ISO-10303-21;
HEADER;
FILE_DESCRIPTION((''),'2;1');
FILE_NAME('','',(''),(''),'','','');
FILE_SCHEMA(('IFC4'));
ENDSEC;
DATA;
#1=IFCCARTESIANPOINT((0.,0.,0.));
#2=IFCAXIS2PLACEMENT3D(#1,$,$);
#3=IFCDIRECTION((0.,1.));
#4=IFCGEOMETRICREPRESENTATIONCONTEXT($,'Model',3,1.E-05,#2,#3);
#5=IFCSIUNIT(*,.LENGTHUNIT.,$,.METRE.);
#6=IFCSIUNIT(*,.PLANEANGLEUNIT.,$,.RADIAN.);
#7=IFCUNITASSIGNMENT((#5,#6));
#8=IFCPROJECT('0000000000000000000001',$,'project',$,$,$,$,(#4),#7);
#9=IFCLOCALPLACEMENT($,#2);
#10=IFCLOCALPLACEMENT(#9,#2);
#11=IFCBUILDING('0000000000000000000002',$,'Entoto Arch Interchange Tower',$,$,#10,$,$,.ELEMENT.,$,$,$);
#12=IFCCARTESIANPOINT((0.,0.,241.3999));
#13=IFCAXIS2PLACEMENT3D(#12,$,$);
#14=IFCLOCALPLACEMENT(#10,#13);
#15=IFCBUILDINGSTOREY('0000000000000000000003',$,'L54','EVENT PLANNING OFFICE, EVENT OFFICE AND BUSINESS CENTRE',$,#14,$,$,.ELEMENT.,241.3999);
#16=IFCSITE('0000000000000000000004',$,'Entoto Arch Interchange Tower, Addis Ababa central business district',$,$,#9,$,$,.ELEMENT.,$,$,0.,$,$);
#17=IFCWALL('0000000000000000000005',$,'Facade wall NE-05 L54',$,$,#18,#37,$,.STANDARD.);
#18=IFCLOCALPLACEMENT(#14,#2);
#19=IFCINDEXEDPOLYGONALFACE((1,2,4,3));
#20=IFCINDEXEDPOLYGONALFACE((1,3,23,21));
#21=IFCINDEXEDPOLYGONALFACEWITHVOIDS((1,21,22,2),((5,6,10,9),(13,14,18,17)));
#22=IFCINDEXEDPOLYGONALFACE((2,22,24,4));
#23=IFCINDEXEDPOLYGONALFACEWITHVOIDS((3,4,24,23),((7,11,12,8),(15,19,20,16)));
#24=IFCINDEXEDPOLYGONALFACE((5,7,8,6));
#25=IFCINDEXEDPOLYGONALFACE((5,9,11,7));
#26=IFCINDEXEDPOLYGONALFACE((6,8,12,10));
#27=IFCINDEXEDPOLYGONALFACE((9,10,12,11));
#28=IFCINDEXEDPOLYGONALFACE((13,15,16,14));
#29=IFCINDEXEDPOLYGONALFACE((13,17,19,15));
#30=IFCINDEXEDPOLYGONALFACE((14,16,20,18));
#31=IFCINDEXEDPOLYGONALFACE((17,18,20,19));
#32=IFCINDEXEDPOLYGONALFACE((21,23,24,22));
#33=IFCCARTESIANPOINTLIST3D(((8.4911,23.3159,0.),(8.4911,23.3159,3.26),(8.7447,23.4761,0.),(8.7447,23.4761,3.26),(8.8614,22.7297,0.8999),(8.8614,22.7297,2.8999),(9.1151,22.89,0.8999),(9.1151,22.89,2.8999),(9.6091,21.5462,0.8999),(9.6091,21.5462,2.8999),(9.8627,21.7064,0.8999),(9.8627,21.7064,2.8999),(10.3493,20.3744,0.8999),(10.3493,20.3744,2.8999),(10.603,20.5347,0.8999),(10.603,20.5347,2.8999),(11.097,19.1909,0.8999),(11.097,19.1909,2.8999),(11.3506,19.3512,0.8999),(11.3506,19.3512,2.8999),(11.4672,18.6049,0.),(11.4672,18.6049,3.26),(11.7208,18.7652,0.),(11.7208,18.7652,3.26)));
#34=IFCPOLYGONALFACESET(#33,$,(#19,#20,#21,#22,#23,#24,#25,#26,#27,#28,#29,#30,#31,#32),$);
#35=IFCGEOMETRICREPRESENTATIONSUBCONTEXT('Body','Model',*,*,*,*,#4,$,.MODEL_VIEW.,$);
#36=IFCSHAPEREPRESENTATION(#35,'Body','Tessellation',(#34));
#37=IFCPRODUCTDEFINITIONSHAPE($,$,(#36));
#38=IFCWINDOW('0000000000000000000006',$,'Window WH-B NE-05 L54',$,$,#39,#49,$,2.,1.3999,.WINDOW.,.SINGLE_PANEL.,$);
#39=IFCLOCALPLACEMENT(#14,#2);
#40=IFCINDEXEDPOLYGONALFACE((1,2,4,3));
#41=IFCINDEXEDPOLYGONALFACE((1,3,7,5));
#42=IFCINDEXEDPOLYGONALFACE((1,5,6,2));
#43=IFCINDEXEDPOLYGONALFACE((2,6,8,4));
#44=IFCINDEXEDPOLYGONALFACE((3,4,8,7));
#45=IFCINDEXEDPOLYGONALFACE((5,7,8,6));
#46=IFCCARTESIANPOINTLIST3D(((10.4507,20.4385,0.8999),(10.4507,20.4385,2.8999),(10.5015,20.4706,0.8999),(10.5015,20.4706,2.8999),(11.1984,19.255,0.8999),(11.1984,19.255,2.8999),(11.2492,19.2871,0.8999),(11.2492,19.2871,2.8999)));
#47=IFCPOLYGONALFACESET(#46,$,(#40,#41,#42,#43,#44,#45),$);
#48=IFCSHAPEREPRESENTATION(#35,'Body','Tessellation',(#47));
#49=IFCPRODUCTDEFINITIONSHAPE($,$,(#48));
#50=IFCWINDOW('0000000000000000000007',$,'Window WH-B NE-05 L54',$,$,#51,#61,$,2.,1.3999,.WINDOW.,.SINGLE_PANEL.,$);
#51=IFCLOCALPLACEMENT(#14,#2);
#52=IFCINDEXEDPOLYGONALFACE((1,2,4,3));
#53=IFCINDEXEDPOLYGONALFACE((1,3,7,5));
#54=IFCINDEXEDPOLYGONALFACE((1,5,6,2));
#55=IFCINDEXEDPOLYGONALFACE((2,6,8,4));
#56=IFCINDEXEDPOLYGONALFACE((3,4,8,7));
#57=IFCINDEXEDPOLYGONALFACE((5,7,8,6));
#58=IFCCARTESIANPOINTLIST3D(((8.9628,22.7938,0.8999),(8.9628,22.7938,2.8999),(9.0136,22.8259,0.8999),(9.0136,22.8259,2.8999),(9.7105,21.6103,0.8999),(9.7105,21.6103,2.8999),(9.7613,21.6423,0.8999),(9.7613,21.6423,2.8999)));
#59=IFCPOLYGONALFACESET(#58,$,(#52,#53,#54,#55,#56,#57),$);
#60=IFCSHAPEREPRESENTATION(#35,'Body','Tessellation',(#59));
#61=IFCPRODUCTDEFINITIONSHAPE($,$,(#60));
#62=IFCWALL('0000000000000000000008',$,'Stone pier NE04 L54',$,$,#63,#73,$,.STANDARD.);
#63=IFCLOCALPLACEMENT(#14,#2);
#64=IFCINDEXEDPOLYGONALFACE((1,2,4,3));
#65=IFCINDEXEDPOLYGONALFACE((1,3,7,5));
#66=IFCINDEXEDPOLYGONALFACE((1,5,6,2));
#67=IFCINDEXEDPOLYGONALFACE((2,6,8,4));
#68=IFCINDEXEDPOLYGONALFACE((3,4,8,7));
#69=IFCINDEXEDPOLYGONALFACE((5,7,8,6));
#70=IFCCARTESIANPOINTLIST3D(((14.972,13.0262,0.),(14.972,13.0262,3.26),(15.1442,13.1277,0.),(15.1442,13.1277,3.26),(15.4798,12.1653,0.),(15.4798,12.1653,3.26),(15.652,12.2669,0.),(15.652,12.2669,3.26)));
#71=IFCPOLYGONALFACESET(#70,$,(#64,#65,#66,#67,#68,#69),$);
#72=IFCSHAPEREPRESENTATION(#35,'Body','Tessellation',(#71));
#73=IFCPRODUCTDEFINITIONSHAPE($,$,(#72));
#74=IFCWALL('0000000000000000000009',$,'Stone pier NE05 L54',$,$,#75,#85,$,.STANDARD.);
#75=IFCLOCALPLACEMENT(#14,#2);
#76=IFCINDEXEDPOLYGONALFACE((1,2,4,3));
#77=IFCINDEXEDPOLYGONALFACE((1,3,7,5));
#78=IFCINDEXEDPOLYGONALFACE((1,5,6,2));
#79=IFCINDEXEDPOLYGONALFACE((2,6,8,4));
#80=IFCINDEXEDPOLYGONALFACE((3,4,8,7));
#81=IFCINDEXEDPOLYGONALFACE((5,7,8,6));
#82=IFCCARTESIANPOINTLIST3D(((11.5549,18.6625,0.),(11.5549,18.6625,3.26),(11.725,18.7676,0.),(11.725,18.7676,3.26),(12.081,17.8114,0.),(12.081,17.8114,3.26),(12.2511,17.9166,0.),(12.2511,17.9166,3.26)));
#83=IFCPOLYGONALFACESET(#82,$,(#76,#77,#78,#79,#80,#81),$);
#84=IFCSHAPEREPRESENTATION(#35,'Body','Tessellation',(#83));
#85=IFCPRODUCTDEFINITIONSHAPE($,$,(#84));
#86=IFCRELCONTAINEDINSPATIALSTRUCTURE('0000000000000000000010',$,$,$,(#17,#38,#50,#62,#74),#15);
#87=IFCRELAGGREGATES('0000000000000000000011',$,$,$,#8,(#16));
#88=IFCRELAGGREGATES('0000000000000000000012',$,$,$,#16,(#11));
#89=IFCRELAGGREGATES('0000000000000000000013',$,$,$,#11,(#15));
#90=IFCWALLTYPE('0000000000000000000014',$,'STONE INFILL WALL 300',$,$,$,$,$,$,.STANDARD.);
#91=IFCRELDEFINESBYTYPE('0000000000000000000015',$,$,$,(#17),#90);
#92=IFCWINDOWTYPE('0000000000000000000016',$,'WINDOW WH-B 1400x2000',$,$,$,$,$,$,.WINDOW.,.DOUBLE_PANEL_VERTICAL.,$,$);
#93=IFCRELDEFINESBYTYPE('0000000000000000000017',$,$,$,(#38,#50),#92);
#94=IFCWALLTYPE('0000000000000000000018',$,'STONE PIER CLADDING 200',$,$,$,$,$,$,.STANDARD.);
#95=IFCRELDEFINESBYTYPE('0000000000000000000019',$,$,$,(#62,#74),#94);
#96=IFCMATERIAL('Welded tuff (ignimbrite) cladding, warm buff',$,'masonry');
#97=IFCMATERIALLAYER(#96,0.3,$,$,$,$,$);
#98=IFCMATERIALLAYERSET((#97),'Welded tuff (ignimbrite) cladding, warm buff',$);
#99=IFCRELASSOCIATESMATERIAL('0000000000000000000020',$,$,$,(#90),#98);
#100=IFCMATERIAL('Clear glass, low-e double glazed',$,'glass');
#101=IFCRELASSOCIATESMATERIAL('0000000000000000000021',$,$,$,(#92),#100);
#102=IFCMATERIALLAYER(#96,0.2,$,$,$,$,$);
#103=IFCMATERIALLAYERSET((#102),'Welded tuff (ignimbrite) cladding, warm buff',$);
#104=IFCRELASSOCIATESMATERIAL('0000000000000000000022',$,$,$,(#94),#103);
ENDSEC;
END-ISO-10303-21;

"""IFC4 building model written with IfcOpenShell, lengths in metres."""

from ifc_helpers import new_model, si_unit, direction, frame, frame_2d, origin, place, context, subcontext, project, spatial, rectangle, extrude, material, layer, layer_set, type_object, element, fill, save


model = new_model("IFC4")

# Units and contexts
model_context = context("Model", 3, precision=1e-05, world=origin(), true_north=direction((0.0, 1.0)))
body_context = subcontext(model_context, "Body", "Model", "MODEL_VIEW")
ifc_project = project(units=[si_unit("LENGTHUNIT", "METRE"), si_unit("PLANEANGLEUNIT", "RADIAN")], contexts=[model_context])

# Site, building, storey
site_placement = place(None, origin())
site = spatial("IfcSite", under=ifc_project, at=site_placement, Name="Entoto Arch Interchange Tower, Addis Ababa central business district", CompositionType="ELEMENT", RefElevation=0.0)
building_placement = place(site_placement, origin())
building = spatial("IfcBuilding", under=site, at=building_placement, Name="Entoto Arch Interchange Tower", CompositionType="ELEMENT")
storey_placement = place(building_placement, frame((0.0, 0.0, 241.3999)))
storey = spatial("IfcBuildingStorey", under=building, at=storey_placement, Name="L54", Description="EVENT PLANNING OFFICE, EVENT OFFICE AND BUSINESS CENTRE", CompositionType="ELEMENT", Elevation=241.3999)

# Shared definitions
ifc_material_1 = material(Name="Welded tuff (ignimbrite) cladding, warm buff", Category="masonry")
ifc_layer_1 = layer(ifc_material_1, 0.3)
ifc_layer_set_1 = layer_set([ifc_layer_1], Name="Welded tuff (ignimbrite) cladding, warm buff")
wall_type_1 = type_object("IfcWallType", Name="STONE INFILL WALL 300", PredefinedType="STANDARD", material=ifc_layer_set_1)
ifc_material_2 = material(Name="Clear glass, low-e double glazed", Category="glass")
window_type = type_object("IfcWindowType", Name="WINDOW WH-B 1400x2000", PartitioningType="DOUBLE_PANEL_VERTICAL", PredefinedType="WINDOW", material=ifc_material_2)

# Wall, openings, windows
wall_1_placement = place(storey_placement, frame((11.594, 18.6851, 0.0), z_axis=(0.0, 0.0, 1.0), x_axis=(-0.534089, 0.845429, 0.0)))
wall_1 = element("IfcWall", 1, at=wall_1_placement, inside=storey, type_object=wall_type_1, Name="Facade wall NE-05 L54", PredefinedType="STANDARD", context=body_context, shape_type="SweptSolid", body=[
    extrude(rectangle(XDim=5.5723, YDim=0.3, at=frame_2d((2.7861, 0.0))), origin(), (0.0, 0.0, 1.0), 3.26),
])
opening_1_placement = place(wall_1_placement, frame((0.6931, 0.0, 0.8999)))
opening_1 = element("IfcOpeningElement", 2, at=opening_1_placement, cuts=wall_1, PredefinedType="OPENING", context=body_context, shape_type="SweptSolid", body=[
    extrude(rectangle(XDim=1.3999, YDim=2.0, at=frame_2d((0.7, 1.0))), frame((0.0, 0.1602, 0.0), z_axis=(0.0, -1.0, 0.0), x_axis=(1.0, 0.0, 0.0)), (0.0, 0.0, 1.0), 0.3201),
])
opening_2_placement = place(wall_1_placement, frame((3.479, 0.0, 0.8999)))
opening_2 = element("IfcOpeningElement", 3, at=opening_2_placement, cuts=wall_1, PredefinedType="OPENING", context=body_context, shape_type="SweptSolid", body=[
    extrude(rectangle(XDim=1.3999, YDim=2.0, at=frame_2d((0.7, 1.0))), frame((0.0, 0.1602, 0.0), z_axis=(0.0, -1.0, 0.0), x_axis=(1.0, 0.0, 0.0)), (0.0, 0.0, 1.0), 0.3201),
])
window_1_placement = place(opening_1_placement, origin())
window_1 = element("IfcWindow", 4, at=window_1_placement, inside=storey, type_object=window_type, Name="Window WH-B NE-05 L54", OverallHeight=2.0, OverallWidth=1.3999, PartitioningType="SINGLE_PANEL", PredefinedType="WINDOW", context=body_context, shape_type="SweptSolid", body=[
    extrude(rectangle(XDim=1.3999, YDim=2.0, at=frame_2d((0.7, 1.0))), frame((0.0, 0.03, 0.0), z_axis=(0.0, -1.0, 0.0), x_axis=(1.0, 0.0, 0.0)), (0.0, 0.0, 1.0), 0.0601),
])
fill(opening_1, window_1)
window_2_placement = place(opening_2_placement, origin())
window_2 = element("IfcWindow", 5, at=window_2_placement, inside=storey, type_object=window_type, Name="Window WH-B NE-05 L54", OverallHeight=2.0, OverallWidth=1.3999, PartitioningType="SINGLE_PANEL", PredefinedType="WINDOW", context=body_context, shape_type="SweptSolid", body=[
    extrude(rectangle(XDim=1.3999, YDim=2.0, at=frame_2d((0.7, 1.0))), frame((0.0, 0.03, 0.0), z_axis=(0.0, -1.0, 0.0), x_axis=(1.0, 0.0, 0.0)), (0.0, 0.0, 1.0), 0.0601),
])
fill(opening_2, window_2)

# Walls
ifc_layer_2 = layer(ifc_material_1, 0.2)
ifc_layer_set_2 = layer_set([ifc_layer_2], Name="Welded tuff (ignimbrite) cladding, warm buff")
wall_type_2 = type_object("IfcWallType", Name="STONE PIER CLADDING 200", PredefinedType="STANDARD", material=ifc_layer_set_2)
wall_2_placement = place(storey_placement, frame((15.5659, 12.2161, 0.0), z_axis=(0.0, 0.0, 1.0), x_axis=(-0.508087, 0.861306, 0.0)))
element("IfcWall", 6, at=wall_2_placement, inside=storey, type_object=wall_type_2, Name="Stone pier NE04 L54", PredefinedType="STANDARD", context=body_context, shape_type="SweptSolid", body=[
    extrude(rectangle(XDim=0.9995, YDim=0.2, at=frame_2d((0.4998, 0.0))), origin(), (0.0, 0.0, 1.0), 3.26),
])
wall_3_placement = place(storey_placement, frame((12.166, 17.864, 0.0), z_axis=(0.0, 0.0, 1.0), x_axis=(-0.525825, 0.850593, 0.0)))
element("IfcWall", 7, at=wall_3_placement, inside=storey, type_object=wall_type_2, Name="Stone pier NE05 L54", PredefinedType="STANDARD", context=body_context, shape_type="SweptSolid", body=[
    extrude(rectangle(XDim=1.0005, YDim=0.2, at=frame_2d((0.5002, 0.0))), origin(), (0.0, 0.0, 1.0), 3.26),
])

save(model, "model.ifc")
